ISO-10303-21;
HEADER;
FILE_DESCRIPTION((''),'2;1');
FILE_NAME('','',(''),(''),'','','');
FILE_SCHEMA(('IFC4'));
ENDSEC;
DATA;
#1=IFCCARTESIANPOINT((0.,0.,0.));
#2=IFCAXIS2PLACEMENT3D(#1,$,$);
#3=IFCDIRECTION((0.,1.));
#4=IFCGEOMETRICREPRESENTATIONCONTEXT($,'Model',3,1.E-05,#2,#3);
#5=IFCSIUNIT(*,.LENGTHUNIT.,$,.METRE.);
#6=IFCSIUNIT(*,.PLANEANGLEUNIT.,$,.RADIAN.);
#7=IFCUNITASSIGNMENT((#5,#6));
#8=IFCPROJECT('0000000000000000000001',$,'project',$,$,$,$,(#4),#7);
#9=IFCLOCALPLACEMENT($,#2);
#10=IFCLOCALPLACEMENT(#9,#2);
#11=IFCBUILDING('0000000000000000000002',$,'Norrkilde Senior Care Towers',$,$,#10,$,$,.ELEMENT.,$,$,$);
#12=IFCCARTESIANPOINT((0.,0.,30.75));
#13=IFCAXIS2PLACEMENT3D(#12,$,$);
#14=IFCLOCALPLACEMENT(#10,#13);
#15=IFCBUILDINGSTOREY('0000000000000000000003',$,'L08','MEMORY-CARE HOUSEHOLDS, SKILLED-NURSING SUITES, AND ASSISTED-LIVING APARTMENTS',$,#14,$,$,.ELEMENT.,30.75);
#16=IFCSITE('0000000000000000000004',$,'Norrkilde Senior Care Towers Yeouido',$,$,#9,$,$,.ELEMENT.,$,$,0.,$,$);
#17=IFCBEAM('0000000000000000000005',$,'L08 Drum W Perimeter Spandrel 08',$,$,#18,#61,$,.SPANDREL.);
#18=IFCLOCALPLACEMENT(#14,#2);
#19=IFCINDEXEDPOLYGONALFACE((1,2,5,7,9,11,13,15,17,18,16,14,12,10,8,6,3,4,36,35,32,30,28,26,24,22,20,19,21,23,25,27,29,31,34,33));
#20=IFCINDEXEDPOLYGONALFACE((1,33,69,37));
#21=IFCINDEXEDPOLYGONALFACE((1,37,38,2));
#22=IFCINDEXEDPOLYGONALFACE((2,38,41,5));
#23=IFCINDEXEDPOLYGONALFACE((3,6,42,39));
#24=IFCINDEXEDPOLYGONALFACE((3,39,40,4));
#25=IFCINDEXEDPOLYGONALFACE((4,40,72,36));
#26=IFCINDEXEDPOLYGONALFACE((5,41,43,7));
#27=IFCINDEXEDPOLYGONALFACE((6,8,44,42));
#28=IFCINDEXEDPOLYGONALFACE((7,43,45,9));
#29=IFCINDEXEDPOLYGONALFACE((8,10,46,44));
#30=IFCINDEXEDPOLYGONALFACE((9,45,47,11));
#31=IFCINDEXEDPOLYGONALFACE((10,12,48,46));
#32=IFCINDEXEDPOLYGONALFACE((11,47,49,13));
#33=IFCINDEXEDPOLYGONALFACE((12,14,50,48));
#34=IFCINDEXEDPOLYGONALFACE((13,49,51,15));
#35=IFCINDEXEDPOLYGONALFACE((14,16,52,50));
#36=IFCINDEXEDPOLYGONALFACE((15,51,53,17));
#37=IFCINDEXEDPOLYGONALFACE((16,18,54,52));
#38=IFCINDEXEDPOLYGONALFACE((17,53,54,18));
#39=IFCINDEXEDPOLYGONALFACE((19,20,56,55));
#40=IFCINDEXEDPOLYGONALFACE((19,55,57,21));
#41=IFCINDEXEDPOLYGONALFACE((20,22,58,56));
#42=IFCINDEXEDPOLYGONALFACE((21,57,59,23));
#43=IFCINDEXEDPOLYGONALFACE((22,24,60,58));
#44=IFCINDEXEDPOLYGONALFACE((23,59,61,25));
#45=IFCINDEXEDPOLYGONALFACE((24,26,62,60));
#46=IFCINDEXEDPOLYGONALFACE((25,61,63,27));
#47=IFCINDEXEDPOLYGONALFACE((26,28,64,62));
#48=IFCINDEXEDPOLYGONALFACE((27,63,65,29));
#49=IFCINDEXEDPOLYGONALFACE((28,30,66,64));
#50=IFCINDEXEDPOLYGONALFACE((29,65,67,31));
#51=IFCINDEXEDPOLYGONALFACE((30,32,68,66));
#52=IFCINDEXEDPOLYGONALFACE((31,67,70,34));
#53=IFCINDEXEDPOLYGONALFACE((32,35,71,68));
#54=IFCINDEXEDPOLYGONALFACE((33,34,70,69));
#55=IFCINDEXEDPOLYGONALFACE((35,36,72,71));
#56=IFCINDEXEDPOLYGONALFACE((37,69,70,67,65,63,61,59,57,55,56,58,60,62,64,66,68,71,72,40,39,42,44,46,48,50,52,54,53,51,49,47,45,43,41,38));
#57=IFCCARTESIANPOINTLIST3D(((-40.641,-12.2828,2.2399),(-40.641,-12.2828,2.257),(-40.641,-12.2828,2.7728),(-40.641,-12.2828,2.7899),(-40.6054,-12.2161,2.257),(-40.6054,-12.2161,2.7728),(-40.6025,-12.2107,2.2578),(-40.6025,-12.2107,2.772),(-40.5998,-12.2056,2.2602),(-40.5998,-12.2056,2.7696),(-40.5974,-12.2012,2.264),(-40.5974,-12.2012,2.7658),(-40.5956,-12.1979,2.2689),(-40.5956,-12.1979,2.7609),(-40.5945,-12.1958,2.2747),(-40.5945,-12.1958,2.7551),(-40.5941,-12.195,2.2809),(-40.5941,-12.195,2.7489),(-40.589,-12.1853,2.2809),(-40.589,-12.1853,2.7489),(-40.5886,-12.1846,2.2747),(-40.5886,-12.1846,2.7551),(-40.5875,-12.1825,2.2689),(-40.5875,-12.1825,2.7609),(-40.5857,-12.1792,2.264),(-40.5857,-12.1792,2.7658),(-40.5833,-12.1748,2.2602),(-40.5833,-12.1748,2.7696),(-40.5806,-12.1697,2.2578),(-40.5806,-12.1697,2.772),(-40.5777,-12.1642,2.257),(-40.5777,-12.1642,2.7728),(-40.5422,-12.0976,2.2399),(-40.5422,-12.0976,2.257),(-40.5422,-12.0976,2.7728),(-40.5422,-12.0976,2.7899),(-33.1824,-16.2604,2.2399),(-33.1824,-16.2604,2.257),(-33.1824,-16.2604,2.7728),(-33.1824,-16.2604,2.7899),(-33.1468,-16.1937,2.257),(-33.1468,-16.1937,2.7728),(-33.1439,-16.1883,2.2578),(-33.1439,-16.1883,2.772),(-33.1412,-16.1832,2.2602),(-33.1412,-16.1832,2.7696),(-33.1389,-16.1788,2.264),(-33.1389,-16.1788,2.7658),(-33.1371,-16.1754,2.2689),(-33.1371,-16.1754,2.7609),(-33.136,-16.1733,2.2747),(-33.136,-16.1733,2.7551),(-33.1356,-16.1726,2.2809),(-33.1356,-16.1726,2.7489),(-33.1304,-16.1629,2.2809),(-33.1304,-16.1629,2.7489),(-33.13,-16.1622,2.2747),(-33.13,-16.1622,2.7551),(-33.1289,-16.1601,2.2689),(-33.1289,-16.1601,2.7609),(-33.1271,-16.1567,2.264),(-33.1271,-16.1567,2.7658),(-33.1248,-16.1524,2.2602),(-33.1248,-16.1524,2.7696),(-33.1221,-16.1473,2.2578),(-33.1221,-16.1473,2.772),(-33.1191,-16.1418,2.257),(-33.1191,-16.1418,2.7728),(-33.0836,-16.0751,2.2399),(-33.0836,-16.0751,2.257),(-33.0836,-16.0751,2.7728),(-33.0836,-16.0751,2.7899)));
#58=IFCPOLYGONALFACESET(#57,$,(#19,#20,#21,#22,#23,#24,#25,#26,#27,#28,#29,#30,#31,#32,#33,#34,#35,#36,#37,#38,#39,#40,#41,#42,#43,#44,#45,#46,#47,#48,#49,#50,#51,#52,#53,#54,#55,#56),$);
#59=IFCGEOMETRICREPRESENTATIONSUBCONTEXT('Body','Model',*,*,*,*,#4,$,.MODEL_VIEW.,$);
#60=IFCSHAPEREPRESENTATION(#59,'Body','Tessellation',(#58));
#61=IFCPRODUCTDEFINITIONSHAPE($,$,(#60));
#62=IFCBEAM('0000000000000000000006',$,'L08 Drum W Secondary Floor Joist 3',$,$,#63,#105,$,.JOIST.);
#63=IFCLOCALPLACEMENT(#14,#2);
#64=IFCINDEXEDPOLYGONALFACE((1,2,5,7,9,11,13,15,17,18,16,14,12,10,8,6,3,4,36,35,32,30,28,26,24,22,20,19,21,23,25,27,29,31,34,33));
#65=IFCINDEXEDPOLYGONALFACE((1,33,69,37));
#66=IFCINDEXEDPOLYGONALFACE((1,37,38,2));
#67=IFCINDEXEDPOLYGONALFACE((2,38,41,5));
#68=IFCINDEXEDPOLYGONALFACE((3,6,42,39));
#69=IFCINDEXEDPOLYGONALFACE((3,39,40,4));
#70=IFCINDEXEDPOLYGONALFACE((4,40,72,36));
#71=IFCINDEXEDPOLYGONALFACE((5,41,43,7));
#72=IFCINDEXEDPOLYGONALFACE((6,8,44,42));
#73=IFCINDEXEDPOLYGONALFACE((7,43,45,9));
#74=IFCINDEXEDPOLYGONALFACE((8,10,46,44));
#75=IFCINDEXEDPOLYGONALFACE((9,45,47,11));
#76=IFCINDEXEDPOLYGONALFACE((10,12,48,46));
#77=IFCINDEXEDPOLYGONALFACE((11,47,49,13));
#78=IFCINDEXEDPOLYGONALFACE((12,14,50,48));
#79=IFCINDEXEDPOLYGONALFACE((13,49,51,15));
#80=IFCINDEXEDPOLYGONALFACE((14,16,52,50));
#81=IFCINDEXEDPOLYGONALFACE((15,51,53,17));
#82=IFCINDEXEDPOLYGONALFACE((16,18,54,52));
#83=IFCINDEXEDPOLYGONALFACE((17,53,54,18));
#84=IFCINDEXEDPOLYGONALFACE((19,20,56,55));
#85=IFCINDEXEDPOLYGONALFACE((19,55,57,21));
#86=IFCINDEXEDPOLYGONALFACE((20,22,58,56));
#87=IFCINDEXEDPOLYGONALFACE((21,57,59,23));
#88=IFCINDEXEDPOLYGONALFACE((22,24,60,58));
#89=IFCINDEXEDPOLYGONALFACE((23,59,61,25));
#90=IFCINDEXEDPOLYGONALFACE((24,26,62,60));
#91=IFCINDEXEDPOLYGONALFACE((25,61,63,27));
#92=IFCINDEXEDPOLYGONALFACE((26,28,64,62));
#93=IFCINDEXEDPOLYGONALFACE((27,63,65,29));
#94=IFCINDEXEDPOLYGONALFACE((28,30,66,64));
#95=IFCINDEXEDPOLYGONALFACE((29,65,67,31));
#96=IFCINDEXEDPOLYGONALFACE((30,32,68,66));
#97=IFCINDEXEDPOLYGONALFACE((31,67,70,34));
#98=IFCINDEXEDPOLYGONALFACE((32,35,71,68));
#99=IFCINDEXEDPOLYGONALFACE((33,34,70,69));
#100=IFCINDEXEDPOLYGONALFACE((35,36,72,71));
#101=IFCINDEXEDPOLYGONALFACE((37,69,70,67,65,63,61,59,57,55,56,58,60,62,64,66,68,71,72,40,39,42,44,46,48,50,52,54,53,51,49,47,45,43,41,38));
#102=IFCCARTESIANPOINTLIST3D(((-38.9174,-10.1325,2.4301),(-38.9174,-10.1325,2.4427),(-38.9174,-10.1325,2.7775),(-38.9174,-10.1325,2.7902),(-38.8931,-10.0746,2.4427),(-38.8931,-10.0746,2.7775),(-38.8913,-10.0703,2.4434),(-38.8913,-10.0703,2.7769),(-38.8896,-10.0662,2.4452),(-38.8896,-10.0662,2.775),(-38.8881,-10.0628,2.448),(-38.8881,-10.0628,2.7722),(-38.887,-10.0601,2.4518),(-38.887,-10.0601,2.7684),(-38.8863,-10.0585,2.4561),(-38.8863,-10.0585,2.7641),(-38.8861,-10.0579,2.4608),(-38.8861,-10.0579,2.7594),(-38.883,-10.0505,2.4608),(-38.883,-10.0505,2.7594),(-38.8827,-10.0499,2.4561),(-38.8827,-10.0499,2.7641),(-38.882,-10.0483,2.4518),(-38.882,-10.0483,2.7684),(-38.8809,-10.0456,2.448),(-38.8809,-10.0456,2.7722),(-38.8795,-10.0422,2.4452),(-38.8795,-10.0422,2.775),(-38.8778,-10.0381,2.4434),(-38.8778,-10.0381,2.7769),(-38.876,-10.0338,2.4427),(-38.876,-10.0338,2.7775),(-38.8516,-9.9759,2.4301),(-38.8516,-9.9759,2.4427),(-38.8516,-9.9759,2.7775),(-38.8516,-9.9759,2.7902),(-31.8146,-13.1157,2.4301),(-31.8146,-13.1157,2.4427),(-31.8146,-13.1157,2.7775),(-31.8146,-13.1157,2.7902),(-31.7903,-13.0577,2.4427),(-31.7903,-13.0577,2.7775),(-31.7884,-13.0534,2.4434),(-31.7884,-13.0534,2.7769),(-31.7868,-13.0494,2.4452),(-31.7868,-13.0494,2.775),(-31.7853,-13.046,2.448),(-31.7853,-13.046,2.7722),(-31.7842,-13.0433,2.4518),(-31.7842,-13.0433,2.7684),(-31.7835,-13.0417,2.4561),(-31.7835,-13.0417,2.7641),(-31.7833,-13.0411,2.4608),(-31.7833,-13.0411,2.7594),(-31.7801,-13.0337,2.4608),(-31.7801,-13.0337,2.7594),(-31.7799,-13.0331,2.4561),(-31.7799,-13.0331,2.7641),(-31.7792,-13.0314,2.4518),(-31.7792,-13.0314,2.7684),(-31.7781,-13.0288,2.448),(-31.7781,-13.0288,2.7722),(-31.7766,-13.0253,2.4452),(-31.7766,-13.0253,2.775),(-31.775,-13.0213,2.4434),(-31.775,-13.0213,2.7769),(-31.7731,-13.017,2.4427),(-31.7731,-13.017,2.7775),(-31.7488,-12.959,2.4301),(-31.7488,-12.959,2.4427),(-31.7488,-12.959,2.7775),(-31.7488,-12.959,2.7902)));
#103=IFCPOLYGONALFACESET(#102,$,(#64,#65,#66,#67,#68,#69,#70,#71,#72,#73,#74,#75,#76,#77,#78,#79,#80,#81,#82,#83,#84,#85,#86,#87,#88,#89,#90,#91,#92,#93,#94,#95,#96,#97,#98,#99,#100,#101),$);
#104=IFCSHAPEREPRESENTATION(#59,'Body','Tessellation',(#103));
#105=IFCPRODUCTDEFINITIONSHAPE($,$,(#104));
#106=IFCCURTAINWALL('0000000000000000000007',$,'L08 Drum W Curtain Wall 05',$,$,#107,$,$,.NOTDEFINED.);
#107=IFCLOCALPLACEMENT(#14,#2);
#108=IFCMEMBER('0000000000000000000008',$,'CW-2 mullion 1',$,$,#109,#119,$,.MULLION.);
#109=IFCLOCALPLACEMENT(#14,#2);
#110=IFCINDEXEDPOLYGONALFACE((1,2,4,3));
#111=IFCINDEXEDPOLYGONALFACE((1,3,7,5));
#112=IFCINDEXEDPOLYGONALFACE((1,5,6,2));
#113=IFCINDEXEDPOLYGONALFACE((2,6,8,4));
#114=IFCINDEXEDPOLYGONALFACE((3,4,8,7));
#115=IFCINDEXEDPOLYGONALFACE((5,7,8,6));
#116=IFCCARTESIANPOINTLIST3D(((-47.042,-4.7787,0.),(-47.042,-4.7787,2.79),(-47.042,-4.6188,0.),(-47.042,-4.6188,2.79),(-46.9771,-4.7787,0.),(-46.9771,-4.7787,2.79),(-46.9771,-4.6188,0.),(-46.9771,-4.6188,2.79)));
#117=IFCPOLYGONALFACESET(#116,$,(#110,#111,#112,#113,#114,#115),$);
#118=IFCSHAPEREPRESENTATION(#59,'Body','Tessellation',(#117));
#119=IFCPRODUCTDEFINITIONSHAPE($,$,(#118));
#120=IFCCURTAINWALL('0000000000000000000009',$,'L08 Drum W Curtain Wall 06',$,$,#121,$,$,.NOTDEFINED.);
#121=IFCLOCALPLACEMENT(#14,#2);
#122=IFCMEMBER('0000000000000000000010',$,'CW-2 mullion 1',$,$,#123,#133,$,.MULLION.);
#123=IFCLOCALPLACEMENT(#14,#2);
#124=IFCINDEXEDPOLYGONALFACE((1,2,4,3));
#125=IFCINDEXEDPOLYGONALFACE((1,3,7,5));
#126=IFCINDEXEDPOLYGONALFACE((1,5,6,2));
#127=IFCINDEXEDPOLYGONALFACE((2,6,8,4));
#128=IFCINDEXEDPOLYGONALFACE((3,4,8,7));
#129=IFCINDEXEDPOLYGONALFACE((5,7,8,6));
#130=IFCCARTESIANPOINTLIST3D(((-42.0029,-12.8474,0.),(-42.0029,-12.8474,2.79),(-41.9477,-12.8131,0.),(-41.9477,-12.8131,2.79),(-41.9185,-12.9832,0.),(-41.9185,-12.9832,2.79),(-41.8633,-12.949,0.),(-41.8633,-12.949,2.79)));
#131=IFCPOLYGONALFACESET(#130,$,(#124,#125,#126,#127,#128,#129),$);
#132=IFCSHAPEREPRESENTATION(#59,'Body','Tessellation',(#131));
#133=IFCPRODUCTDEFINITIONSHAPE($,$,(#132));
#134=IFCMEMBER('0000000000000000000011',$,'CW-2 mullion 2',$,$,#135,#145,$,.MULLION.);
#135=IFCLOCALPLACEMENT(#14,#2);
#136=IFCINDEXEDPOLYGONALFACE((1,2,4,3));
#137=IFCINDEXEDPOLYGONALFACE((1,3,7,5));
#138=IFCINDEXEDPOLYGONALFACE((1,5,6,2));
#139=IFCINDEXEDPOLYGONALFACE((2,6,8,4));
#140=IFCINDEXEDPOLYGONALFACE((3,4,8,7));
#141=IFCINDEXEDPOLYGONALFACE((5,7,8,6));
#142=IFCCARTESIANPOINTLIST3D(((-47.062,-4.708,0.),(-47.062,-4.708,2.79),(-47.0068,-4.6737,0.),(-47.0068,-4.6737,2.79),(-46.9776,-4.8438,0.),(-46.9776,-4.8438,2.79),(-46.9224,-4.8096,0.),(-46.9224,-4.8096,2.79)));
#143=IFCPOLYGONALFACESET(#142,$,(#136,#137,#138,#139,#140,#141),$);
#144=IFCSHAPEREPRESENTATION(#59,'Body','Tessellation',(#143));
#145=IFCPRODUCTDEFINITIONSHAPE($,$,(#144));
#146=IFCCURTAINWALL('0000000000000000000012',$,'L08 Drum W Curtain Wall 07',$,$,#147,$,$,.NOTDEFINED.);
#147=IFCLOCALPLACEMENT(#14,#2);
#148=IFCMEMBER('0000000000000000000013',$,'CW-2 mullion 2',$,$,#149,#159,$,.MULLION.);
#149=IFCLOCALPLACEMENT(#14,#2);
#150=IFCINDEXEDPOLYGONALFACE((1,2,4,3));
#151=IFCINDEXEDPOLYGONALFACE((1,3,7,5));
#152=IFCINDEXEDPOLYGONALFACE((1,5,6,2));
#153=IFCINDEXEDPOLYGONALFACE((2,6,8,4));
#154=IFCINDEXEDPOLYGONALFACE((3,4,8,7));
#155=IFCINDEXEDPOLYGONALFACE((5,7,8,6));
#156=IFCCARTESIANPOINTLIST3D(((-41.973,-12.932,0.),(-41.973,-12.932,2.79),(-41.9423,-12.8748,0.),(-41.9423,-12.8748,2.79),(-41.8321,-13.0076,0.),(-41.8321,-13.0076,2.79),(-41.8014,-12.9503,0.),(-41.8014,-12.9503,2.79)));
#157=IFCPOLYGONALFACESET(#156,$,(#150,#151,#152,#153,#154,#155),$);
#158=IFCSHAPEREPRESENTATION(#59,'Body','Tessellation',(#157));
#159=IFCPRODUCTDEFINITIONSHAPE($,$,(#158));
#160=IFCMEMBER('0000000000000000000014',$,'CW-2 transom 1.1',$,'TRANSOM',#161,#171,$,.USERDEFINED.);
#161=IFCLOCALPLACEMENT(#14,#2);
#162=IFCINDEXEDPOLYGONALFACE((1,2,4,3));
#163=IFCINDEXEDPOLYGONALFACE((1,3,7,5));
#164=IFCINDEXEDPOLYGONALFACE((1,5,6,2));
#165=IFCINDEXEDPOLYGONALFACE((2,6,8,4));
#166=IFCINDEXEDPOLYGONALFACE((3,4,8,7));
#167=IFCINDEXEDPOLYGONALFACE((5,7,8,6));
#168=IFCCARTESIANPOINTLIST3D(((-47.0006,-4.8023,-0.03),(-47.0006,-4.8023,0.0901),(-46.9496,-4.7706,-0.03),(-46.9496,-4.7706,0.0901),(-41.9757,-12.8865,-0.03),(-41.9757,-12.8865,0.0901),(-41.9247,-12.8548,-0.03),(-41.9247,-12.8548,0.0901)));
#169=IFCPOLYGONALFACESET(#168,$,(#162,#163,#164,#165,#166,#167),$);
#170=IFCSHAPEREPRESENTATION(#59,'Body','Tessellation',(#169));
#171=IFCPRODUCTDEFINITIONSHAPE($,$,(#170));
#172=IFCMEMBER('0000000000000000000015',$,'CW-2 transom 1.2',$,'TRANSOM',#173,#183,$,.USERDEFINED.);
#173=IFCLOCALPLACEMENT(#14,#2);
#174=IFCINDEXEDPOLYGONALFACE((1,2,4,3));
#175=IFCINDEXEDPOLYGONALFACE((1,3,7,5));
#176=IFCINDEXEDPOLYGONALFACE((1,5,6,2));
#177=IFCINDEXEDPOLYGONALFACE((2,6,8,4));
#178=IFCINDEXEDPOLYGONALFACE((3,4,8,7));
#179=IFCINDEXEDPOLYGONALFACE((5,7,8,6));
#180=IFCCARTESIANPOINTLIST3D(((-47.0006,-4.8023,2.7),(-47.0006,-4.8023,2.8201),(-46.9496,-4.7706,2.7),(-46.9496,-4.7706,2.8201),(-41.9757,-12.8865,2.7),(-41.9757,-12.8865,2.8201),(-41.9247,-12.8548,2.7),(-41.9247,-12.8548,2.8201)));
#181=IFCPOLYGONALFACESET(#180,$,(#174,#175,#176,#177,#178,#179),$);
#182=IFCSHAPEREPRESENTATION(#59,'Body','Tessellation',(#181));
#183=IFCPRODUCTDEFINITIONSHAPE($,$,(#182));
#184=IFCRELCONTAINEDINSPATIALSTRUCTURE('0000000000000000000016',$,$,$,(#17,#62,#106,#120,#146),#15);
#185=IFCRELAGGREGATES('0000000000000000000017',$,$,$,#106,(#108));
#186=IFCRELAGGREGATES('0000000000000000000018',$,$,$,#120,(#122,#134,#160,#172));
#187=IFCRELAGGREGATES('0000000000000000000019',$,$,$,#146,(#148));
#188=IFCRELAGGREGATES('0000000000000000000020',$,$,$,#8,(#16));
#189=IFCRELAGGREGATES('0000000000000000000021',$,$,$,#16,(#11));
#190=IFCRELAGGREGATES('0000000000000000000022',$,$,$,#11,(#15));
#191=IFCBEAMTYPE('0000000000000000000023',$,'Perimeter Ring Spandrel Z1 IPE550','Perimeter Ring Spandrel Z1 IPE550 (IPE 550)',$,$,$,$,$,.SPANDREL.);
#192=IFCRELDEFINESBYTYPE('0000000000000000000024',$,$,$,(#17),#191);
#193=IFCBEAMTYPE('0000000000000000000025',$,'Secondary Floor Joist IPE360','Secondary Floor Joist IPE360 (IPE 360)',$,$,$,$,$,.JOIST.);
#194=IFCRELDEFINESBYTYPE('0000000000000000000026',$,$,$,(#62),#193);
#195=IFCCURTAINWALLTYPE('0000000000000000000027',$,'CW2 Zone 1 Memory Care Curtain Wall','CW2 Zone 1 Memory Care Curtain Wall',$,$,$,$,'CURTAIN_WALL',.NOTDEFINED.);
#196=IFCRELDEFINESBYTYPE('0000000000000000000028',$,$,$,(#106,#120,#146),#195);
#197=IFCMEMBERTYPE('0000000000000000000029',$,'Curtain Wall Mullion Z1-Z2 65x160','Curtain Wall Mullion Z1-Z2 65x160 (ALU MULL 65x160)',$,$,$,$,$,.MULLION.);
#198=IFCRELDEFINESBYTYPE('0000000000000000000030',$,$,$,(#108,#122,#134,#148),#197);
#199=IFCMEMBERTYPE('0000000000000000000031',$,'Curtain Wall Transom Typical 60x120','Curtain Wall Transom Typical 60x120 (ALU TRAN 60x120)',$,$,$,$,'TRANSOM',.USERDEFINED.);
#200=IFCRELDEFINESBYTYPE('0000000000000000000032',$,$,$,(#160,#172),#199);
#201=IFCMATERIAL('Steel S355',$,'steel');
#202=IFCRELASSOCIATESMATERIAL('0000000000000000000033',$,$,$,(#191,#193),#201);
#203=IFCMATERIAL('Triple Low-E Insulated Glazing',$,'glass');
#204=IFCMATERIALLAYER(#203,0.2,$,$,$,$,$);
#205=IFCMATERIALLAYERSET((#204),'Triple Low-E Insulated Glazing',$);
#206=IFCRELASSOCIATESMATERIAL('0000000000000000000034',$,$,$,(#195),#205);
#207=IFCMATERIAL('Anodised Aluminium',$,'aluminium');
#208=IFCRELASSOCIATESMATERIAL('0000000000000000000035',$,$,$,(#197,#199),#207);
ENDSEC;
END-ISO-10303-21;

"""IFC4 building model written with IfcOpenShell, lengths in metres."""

from ifc_helpers import new_model, si_unit, direction, frame, origin, origin_2d, place, context, subcontext, project, spatial, rectangle, i_section, extrude, source, transform, mapped, material, layer, layer_set, material_profile, profile_set, type_object, type_shapes, element, aggregate, save


model = new_model("IFC4")

# Units and contexts
model_context = context("Model", 3, precision=1e-05, world=origin(), true_north=direction((0.0, 1.0)))
body_context = subcontext(model_context, "Body", "Model", "MODEL_VIEW")
ifc_project = project(units=[si_unit("LENGTHUNIT", "METRE"), si_unit("PLANEANGLEUNIT", "RADIAN")], contexts=[model_context])

# Site, building, storey
site_placement = place(None, origin())
site = spatial("IfcSite", under=ifc_project, at=site_placement, Name="Norrkilde Senior Care Towers Yeouido", CompositionType="ELEMENT", RefElevation=0.0)
building_placement = place(site_placement, origin())
building = spatial("IfcBuilding", under=site, at=building_placement, Name="Norrkilde Senior Care Towers", CompositionType="ELEMENT")
storey_placement = place(building_placement, frame((0.0, 0.0, 30.75)))
storey = spatial("IfcBuildingStorey", under=building, at=storey_placement, Name="L08", Description="MEMORY-CARE HOUSEHOLDS, SKILLED-NURSING SUITES, AND ASSISTED-LIVING APARTMENTS", CompositionType="ELEMENT", Elevation=30.75)

# Beams
ifc_material_1 = material(Name="Steel S355", Category="steel")
ifc_material_profile_1 = material_profile(ifc_material_1, i_section(OverallWidth=0.21, OverallDepth=0.55, WebThickness=0.011, FlangeThickness=0.0171, FilletRadius=0.0239, at=origin_2d()), Name="IPE 550")
ifc_profile_set_1 = profile_set([ifc_material_profile_1], Name="Steel S355")
beam_type_1 = type_object("IfcBeamType", Name="Perimeter Ring Spandrel Z1 IPE550", Description="Perimeter Ring Spandrel Z1 IPE550 (IPE 550)", PredefinedType="SPANDREL", material=ifc_profile_set_1)
shared_shape_1 = source(origin(), body_context, "Body", "SweptSolid", [
    extrude(i_section(OverallWidth=0.21, OverallDepth=0.55, WebThickness=0.011, FlangeThickness=0.0171, FilletRadius=0.0239, at=origin_2d()), origin(), (0.0, 0.0, 1.0), 8.4529),
])
beam_1_placement = place(storey_placement, frame((-40.5916, -12.1902, 2.5149), z_axis=(0.882369, -0.470558, 0.0), x_axis=(0.470558, 0.882369, 0.0)))
element("IfcBeam", 1, at=beam_1_placement, inside=storey, type_object=beam_type_1, Name="L08 Drum W Perimeter Spandrel 08", PredefinedType="SPANDREL", context=body_context, shape_type="MappedRepresentation", body=[
    mapped(shared_shape_1, transform((0.0, 0.0, 0.0), x_axis=(1.0, 0.0, 0.0), y_axis=(0.0, 1.0, 0.0), z_axis=(0.0, 0.0, 1.0), scale=1.0)),
])
ifc_material_profile_2 = material_profile(ifc_material_1, i_section(OverallWidth=0.1699, OverallDepth=0.3601, WebThickness=0.0081, FlangeThickness=0.0127, FilletRadius=0.0181, at=origin_2d()), Name="IPE 360")
ifc_profile_set_2 = profile_set([ifc_material_profile_2], Name="Steel S355")
beam_type_2 = type_object("IfcBeamType", Name="Secondary Floor Joist IPE360", Description="Secondary Floor Joist IPE360 (IPE 360)", PredefinedType="JOIST", material=ifc_profile_set_2)
shared_shape_2 = source(origin(), body_context, "Body", "SweptSolid", [
    extrude(i_section(OverallWidth=0.1699, OverallDepth=0.3601, WebThickness=0.0081, FlangeThickness=0.0127, FilletRadius=0.0181, at=origin_2d()), origin(), (0.0, 0.0, 1.0), 7.7039),
])
type_shapes(beam_type_2, [shared_shape_2])
beam_2_placement = place(storey_placement, frame((-38.8845, -10.0542, 2.6101), z_axis=(0.921983, -0.387231, 0.0), x_axis=(0.387231, 0.921983, 0.0)))
element("IfcBeam", 2, at=beam_2_placement, inside=storey, type_object=beam_type_2, Name="L08 Drum W Secondary Floor Joist 3", PredefinedType="JOIST", context=body_context, shape_type="MappedRepresentation", body=[
    mapped(shared_shape_2, transform((0.0, 0.0, 0.0), x_axis=(1.0, 0.0, 0.0), y_axis=(0.0, 1.0, 0.0), z_axis=(0.0, 0.0, 1.0), scale=1.0)),
])

# Curtain wall, member
ifc_material_2 = material(Name="Triple Low-E Insulated Glazing", Category="glass")
ifc_layer_1 = layer(ifc_material_2, 0.2)
ifc_layer_set_1 = layer_set([ifc_layer_1], Name="Triple Low-E Insulated Glazing")
curtain_wall_type = type_object("IfcCurtainWallType", Name="CW2 Zone 1 Memory Care Curtain Wall", Description="CW2 Zone 1 Memory Care Curtain Wall", ElementType="CURTAIN_WALL", PredefinedType="NOTDEFINED", material=ifc_layer_set_1)
curtain_wall_1_placement = place(storey_placement, origin())
curtain_wall_1 = element("IfcCurtainWall", 3, at=curtain_wall_1_placement, inside=storey, type_object=curtain_wall_type, Name="L08 Drum W Curtain Wall 05", PredefinedType="NOTDEFINED")
ifc_material_3 = material(Name="Anodised Aluminium", Category="aluminium")
ifc_material_profile_3 = material_profile(ifc_material_3, rectangle(XDim=0.0649, YDim=0.1599, at=origin_2d()), Name="ALU MULL 65x160")
ifc_profile_set_3 = profile_set([ifc_material_profile_3], Name="Anodised Aluminium")
member_type_1 = type_object("IfcMemberType", Name="Curtain Wall Mullion Z1-Z2 65x160", Description="Curtain Wall Mullion Z1-Z2 65x160 (ALU MULL 65x160)", PredefinedType="MULLION", material=ifc_profile_set_3)
shared_shape_3 = source(origin(), body_context, "Body", "SweptSolid", [
    extrude(rectangle(XDim=0.0649, YDim=0.1599, at=origin_2d()), origin(), (0.0, 0.0, 1.0), 2.79),
])
type_shapes(member_type_1, [shared_shape_3])
member_1_placement = place(storey_placement, frame((-47.0095, -4.6987, 0.0), z_axis=(0.0, 0.0, 1.0), x_axis=(-1.0, 0.0, 0.0)))
member_1 = element("IfcMember", 4, at=member_1_placement, type_object=member_type_1, Name="CW-2 mullion 1", PredefinedType="MULLION", context=body_context, shape_type="MappedRepresentation", body=[
    mapped(shared_shape_3, transform((0.0, 0.0, 0.0), x_axis=(1.0, 0.0, 0.0), y_axis=(0.0, 1.0, 0.0), z_axis=(0.0, 0.0, 1.0), scale=1.0)),
])

# Curtain wall, members
curtain_wall_2_placement = place(storey_placement, origin())
curtain_wall_2 = element("IfcCurtainWall", 5, at=curtain_wall_2_placement, inside=storey, type_object=curtain_wall_type, Name="L08 Drum W Curtain Wall 06", PredefinedType="NOTDEFINED")
member_2_placement = place(storey_placement, frame((-41.9331, -12.8982, 0.0), z_axis=(0.0, 0.0, 1.0), x_axis=(-0.849306, -0.527901, 0.0)))
member_2 = element("IfcMember", 6, at=member_2_placement, type_object=member_type_1, Name="CW-2 mullion 1", PredefinedType="MULLION", context=body_context, shape_type="MappedRepresentation", body=[
    mapped(shared_shape_3, transform((0.0, 0.0, 0.0), x_axis=(1.0, 0.0, 0.0), y_axis=(0.0, 1.0, 0.0), z_axis=(0.0, 0.0, 1.0), scale=1.0)),
])
member_3_placement = place(storey_placement, frame((-46.9922, -4.7588, 0.0), z_axis=(0.0, 0.0, 1.0), x_axis=(-0.849306, -0.527901, 0.0)))
member_3 = element("IfcMember", 7, at=member_3_placement, type_object=member_type_1, Name="CW-2 mullion 2", PredefinedType="MULLION", context=body_context, shape_type="MappedRepresentation", body=[
    mapped(shared_shape_3, transform((0.0, 0.0, 0.0), x_axis=(1.0, 0.0, 0.0), y_axis=(0.0, 1.0, 0.0), z_axis=(0.0, 0.0, 1.0), scale=1.0)),
])

# Curtain wall, member
curtain_wall_3_placement = place(storey_placement, origin())
curtain_wall_3 = element("IfcCurtainWall", 8, at=curtain_wall_3_placement, inside=storey, type_object=curtain_wall_type, Name="L08 Drum W Curtain Wall 07", PredefinedType="NOTDEFINED")
member_4_placement = place(storey_placement, frame((-41.8872, -12.9412, 0.0), z_axis=(0.0, 0.0, 1.0), x_axis=(-0.472608, -0.881273, 0.0)))
member_4 = element("IfcMember", 9, at=member_4_placement, type_object=member_type_1, Name="CW-2 mullion 2", PredefinedType="MULLION", context=body_context, shape_type="MappedRepresentation", body=[
    mapped(shared_shape_3, transform((0.0, 0.0, 0.0), x_axis=(1.0, 0.0, 0.0), y_axis=(0.0, 1.0, 0.0), z_axis=(0.0, 0.0, 1.0), scale=1.0)),
])

# Members
ifc_material_profile_4 = material_profile(ifc_material_3, rectangle(XDim=0.0601, YDim=0.1201, at=origin_2d()), Name="ALU TRAN 60x120")
ifc_profile_set_4 = profile_set([ifc_material_profile_4], Name="Anodised Aluminium")
member_type_2 = type_object("IfcMemberType", Name="Curtain Wall Transom Typical 60x120", Description="Curtain Wall Transom Typical 60x120 (ALU TRAN 60x120)", ElementType="TRANSOM", PredefinedType="USERDEFINED", material=ifc_profile_set_4)
shared_shape_4 = source(origin(), body_context, "Body", "SweptSolid", [
    extrude(rectangle(XDim=0.0601, YDim=0.1201, at=origin_2d()), origin(), (0.0, 0.0, 1.0), 9.5186),
])
member_5_placement = place(storey_placement, frame((-41.9502, -12.8706, 0.03), z_axis=(-0.527902, 0.849306, 0.0), x_axis=(-0.849306, -0.527902, 0.0)))
member_5 = element("IfcMember", 10, at=member_5_placement, type_object=member_type_2, Name="CW-2 transom 1.1", ObjectType="TRANSOM", PredefinedType="USERDEFINED", context=body_context, shape_type="MappedRepresentation", body=[
    mapped(shared_shape_4, transform((0.0, 0.0, 0.0), x_axis=(1.0, 0.0, 0.0), y_axis=(0.0, 1.0, 0.0), z_axis=(0.0, 0.0, 1.0), scale=1.0)),
])
member_6_placement = place(storey_placement, frame((-41.9502, -12.8706, 2.76), z_axis=(-0.527902, 0.849306, 0.0), x_axis=(-0.849306, -0.527902, 0.0)))
member_6 = element("IfcMember", 11, at=member_6_placement, type_object=member_type_2, Name="CW-2 transom 1.2", ObjectType="TRANSOM", PredefinedType="USERDEFINED", context=body_context, shape_type="MappedRepresentation", body=[
    mapped(shared_shape_4, transform((0.0, 0.0, 0.0), x_axis=(1.0, 0.0, 0.0), y_axis=(0.0, 1.0, 0.0), z_axis=(0.0, 0.0, 1.0), scale=1.0)),
])
aggregate(curtain_wall_1, [member_1])

aggregate(curtain_wall_2, [member_2, member_3, member_5, member_6])
aggregate(curtain_wall_3, [member_4])

save(model, "model.ifc")
